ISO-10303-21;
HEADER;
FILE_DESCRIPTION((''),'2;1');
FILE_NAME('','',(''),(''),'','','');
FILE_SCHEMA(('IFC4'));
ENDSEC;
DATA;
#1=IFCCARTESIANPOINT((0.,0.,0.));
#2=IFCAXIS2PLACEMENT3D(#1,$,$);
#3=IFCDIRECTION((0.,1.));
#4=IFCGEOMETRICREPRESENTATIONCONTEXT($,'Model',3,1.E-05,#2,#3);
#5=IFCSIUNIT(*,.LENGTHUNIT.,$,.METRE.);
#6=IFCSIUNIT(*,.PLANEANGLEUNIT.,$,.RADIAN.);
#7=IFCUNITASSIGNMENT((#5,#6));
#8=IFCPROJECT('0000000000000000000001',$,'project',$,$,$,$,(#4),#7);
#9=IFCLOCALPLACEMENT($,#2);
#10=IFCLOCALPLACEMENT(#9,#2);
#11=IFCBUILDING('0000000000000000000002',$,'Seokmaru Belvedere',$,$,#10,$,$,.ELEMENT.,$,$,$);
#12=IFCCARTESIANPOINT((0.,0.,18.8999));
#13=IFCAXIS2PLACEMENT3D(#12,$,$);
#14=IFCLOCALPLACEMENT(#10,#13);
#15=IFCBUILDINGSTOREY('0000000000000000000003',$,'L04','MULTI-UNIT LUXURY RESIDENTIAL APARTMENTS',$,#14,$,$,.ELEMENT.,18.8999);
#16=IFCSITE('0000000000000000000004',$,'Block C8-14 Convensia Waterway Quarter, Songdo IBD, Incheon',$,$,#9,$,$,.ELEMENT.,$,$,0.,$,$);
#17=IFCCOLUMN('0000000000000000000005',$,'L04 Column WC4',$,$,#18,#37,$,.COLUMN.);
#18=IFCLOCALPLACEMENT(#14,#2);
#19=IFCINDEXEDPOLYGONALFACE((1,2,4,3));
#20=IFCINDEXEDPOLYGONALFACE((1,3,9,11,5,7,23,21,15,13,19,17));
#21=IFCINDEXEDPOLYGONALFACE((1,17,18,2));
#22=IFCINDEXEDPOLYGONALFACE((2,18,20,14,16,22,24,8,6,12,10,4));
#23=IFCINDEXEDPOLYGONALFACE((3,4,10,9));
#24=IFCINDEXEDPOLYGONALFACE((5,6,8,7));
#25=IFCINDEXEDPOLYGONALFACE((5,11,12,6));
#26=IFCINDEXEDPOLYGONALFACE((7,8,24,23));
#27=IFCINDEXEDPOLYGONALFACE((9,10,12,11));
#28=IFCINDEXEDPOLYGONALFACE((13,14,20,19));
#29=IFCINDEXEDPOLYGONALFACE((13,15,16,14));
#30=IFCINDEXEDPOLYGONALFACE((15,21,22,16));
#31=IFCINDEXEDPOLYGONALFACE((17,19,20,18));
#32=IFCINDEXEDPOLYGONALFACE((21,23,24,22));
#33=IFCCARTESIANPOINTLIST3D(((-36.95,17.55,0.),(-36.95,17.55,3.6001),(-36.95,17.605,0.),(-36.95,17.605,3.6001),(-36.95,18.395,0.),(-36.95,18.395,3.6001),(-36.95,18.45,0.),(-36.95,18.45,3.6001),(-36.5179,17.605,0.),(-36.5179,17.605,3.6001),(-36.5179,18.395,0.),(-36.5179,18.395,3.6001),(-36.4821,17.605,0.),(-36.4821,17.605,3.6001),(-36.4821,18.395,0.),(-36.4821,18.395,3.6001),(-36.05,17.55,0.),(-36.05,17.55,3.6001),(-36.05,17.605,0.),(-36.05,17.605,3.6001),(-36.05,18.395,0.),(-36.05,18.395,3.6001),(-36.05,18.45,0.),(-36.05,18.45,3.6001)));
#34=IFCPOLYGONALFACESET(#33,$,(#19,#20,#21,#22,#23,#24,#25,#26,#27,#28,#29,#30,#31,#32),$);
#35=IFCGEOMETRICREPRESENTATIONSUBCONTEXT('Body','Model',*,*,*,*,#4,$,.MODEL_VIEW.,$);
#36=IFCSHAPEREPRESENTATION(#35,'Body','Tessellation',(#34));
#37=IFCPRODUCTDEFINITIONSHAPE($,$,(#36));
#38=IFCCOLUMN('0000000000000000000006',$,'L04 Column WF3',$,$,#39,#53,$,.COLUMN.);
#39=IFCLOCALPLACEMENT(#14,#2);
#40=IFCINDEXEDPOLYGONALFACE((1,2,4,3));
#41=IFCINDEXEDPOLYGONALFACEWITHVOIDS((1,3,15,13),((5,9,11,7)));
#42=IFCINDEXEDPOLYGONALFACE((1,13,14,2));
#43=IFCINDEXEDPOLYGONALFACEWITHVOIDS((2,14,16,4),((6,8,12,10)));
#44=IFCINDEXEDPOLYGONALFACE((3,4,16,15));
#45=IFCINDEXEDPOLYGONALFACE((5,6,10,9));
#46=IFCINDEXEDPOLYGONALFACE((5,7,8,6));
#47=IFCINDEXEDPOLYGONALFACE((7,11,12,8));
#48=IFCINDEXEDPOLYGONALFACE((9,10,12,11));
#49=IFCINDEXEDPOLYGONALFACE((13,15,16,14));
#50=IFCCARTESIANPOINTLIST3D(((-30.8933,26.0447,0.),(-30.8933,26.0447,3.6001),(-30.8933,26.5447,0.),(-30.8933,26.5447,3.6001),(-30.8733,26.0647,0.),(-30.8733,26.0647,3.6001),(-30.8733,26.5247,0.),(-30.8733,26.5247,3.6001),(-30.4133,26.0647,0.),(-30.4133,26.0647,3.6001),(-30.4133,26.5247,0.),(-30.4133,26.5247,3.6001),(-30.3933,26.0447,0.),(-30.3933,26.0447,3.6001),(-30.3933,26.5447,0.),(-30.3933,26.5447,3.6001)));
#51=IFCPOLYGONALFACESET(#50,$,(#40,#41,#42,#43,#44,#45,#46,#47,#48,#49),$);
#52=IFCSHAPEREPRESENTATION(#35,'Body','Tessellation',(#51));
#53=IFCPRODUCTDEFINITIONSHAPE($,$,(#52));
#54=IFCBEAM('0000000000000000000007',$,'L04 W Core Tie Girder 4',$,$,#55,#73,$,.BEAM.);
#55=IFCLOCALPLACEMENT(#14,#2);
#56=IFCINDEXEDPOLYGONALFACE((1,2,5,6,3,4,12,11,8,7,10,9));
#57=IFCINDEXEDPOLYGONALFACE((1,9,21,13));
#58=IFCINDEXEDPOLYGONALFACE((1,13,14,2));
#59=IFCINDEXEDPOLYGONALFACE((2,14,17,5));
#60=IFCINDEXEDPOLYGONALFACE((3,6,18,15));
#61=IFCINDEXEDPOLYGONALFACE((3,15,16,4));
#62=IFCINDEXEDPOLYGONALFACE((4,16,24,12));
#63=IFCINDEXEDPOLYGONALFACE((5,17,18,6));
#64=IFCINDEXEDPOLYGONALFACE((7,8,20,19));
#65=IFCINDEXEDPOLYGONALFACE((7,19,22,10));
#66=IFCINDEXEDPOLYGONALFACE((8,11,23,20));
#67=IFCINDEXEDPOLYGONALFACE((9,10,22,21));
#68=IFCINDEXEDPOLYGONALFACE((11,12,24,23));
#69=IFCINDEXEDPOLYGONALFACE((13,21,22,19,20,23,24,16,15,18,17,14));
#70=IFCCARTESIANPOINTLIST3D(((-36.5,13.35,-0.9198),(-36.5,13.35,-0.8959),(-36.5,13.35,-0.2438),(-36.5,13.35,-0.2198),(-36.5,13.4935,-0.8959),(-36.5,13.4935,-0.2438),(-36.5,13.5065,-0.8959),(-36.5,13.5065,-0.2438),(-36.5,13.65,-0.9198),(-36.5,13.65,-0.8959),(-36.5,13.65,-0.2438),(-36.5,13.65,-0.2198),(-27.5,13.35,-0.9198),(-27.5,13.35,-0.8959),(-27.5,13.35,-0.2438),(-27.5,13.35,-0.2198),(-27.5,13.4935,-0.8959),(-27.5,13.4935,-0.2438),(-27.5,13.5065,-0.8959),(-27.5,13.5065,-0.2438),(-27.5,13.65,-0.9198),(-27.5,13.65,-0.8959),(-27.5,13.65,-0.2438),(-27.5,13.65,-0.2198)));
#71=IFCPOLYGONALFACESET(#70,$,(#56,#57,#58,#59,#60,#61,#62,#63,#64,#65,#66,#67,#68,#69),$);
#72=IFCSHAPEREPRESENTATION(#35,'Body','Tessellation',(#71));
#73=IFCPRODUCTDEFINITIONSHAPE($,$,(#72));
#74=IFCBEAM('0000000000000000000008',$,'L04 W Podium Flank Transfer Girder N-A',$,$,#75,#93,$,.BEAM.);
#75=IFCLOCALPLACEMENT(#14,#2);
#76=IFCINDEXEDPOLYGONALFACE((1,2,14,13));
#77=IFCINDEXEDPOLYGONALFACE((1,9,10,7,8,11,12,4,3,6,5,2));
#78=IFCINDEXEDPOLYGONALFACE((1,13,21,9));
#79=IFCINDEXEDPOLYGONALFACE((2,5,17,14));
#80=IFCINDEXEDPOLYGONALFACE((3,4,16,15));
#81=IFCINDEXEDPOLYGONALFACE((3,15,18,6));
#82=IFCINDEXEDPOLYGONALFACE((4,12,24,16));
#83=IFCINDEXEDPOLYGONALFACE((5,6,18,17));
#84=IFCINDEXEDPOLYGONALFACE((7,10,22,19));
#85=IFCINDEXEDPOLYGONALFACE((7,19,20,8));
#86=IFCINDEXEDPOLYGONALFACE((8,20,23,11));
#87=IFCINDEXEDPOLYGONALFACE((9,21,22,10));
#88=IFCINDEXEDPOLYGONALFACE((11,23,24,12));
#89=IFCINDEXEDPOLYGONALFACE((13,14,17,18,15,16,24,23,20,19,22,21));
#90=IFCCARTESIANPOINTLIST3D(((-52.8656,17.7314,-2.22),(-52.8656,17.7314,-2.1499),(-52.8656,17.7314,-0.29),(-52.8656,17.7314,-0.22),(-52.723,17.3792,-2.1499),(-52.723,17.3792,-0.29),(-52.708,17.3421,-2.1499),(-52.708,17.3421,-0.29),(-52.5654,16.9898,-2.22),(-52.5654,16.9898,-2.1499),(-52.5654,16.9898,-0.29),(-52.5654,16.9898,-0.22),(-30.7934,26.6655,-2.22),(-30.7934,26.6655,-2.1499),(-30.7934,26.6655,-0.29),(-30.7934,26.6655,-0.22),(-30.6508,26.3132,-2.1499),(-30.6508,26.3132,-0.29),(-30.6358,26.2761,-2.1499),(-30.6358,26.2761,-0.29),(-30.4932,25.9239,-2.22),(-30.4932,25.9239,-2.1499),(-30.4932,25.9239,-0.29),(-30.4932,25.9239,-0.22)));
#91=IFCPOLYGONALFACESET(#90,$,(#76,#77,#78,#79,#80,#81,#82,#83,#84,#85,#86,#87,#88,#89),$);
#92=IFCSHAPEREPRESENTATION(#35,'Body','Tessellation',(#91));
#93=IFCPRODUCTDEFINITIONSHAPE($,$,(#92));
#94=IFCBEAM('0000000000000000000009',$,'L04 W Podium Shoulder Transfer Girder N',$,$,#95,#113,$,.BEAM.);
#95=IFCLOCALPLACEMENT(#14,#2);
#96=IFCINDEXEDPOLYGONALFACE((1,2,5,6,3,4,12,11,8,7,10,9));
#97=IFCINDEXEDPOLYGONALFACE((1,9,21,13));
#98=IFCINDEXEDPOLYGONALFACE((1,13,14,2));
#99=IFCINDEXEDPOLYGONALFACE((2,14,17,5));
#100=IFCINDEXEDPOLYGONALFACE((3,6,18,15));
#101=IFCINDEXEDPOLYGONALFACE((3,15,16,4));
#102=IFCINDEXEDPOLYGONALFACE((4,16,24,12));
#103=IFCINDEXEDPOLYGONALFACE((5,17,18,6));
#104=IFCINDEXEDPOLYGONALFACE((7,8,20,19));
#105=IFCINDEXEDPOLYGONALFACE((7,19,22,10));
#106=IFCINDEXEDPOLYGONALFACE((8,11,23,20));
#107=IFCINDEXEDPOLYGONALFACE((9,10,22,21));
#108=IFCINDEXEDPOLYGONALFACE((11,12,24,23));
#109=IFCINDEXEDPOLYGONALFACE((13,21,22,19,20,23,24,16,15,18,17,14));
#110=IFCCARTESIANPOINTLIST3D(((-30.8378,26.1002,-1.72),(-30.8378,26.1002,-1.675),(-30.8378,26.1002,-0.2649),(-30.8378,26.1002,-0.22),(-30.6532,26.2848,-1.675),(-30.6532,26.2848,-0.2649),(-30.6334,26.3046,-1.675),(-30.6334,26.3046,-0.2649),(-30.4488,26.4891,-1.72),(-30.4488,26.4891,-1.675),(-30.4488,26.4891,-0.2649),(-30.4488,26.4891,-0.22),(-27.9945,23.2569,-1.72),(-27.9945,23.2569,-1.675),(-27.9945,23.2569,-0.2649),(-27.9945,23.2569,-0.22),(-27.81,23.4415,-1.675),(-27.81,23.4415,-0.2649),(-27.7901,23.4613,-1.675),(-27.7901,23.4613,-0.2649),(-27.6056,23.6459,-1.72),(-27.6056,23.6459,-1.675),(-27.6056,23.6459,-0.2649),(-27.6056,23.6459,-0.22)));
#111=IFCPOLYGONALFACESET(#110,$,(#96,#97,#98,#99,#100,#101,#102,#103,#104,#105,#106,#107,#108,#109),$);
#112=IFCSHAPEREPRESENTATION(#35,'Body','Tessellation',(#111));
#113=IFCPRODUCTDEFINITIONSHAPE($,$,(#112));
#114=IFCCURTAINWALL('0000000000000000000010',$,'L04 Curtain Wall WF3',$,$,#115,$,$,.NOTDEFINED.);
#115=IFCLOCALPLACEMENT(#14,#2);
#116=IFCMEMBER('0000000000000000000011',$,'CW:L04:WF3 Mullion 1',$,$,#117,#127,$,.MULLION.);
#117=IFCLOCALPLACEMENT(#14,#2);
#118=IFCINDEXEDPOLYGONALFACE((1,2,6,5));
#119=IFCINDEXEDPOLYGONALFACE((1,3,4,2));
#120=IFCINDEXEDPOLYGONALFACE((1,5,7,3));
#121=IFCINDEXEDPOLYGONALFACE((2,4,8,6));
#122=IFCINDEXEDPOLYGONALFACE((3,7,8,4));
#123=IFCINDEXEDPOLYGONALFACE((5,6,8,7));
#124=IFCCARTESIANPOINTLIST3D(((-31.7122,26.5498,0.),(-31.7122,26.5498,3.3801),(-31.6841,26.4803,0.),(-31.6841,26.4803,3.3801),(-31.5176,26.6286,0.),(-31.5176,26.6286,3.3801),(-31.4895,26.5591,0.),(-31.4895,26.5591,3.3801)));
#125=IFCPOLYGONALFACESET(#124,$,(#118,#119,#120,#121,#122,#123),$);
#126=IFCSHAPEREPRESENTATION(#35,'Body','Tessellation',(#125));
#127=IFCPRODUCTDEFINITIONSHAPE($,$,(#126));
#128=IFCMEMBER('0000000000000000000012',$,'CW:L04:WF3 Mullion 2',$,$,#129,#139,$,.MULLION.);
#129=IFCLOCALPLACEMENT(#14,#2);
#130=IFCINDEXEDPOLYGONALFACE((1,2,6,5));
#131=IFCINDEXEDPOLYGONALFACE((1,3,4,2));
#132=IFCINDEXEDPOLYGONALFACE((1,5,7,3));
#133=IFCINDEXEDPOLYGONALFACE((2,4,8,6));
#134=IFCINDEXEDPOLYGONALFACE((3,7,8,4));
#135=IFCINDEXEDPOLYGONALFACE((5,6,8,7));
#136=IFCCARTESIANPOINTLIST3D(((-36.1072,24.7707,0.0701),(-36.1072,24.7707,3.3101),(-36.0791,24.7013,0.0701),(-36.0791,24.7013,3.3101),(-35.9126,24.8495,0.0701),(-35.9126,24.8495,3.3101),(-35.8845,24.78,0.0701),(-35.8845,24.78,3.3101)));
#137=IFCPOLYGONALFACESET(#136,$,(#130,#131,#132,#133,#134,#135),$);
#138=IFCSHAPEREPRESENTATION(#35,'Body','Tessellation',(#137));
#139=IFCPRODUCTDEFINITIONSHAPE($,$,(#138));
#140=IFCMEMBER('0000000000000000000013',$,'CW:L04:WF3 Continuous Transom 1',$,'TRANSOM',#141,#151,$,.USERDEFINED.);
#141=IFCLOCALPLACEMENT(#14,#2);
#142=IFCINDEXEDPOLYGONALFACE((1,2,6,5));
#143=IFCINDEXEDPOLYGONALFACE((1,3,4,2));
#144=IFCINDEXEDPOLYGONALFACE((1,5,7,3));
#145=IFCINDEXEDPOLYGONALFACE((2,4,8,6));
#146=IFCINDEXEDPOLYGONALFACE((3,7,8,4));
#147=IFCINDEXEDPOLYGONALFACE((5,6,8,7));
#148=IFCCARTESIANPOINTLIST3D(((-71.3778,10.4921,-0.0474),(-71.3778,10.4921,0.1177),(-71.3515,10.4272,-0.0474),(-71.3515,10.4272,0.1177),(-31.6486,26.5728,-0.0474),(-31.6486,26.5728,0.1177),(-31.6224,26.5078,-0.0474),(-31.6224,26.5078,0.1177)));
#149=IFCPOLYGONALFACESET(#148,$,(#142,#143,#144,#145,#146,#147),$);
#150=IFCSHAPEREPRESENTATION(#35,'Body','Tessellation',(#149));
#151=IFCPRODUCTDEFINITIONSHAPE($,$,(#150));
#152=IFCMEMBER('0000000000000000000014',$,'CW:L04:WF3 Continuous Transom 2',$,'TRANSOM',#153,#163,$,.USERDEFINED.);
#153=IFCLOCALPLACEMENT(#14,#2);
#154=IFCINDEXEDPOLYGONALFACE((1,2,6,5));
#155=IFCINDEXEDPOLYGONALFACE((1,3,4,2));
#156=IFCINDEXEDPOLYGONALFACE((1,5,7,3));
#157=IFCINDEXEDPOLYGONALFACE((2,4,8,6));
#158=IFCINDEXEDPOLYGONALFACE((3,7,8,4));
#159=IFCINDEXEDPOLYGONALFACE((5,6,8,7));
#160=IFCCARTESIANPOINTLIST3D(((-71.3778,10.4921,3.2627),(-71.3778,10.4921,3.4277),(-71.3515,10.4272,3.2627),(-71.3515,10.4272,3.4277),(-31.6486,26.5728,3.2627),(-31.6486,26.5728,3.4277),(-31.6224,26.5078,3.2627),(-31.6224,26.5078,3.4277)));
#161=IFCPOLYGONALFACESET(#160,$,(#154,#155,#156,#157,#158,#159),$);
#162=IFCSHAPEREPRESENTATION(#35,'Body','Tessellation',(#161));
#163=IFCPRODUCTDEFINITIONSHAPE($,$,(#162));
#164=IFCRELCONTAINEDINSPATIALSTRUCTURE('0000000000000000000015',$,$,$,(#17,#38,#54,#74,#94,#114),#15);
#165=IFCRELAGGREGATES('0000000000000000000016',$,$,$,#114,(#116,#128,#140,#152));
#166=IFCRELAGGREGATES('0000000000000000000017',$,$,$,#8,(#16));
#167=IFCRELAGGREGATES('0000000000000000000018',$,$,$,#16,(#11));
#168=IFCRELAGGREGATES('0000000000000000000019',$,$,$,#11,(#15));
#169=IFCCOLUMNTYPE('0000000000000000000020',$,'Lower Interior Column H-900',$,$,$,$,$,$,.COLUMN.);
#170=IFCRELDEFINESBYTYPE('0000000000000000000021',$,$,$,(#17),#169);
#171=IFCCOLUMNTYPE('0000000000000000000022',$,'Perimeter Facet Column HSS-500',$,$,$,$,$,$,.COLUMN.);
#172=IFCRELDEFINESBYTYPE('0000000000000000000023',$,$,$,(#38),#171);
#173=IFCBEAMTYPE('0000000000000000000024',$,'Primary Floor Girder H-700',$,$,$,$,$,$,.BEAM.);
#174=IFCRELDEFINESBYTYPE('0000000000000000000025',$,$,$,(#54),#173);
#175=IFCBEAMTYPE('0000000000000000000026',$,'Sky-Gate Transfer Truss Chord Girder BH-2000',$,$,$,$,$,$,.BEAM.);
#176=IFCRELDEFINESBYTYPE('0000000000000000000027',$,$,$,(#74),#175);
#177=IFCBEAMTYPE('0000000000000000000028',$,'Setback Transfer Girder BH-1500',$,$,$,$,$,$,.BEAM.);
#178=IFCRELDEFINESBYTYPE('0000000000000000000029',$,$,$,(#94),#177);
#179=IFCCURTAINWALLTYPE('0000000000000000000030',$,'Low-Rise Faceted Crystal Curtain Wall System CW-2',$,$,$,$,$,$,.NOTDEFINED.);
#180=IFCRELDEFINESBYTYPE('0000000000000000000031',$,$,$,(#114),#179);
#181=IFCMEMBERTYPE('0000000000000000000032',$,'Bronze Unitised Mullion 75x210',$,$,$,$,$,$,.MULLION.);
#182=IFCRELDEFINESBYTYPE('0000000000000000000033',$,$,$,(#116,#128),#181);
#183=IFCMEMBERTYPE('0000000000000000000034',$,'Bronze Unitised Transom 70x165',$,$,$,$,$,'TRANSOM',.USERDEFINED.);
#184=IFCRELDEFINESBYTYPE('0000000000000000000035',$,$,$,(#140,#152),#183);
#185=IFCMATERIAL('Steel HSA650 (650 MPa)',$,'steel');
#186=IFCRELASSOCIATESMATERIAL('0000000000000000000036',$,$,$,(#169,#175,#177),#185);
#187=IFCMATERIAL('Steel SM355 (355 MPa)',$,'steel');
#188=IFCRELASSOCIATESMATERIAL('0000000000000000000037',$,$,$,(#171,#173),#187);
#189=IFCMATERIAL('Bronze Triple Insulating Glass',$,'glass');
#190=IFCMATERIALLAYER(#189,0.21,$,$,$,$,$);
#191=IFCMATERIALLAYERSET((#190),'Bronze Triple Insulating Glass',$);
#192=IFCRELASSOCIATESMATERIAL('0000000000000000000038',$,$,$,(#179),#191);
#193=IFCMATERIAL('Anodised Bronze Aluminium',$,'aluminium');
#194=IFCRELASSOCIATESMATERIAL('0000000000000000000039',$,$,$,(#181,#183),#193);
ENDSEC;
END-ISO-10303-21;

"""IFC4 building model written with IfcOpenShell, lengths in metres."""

from ifc_helpers import new_model, si_unit, direction, frame, origin, origin_2d, place, context, subcontext, project, spatial, rectangle, hollow_rectangle, i_section, extrude, source, transform, mapped, material, layer, layer_set, material_profile, profile_set, type_object, type_shapes, element, aggregate, save


model = new_model("IFC4")

# Units and contexts
model_context = context("Model", 3, precision=1e-05, world=origin(), true_north=direction((0.0, 1.0)))
body_context = subcontext(model_context, "Body", "Model", "MODEL_VIEW")
ifc_project = project(units=[si_unit("LENGTHUNIT", "METRE"), si_unit("PLANEANGLEUNIT", "RADIAN")], contexts=[model_context])

# Site, building, storey
site_placement = place(None, origin())
site = spatial("IfcSite", under=ifc_project, at=site_placement, Name="Block C8-14 Convensia Waterway Quarter, Songdo IBD, Incheon", CompositionType="ELEMENT", RefElevation=0.0)
building_placement = place(site_placement, origin())
building = spatial("IfcBuilding", under=site, at=building_placement, Name="Seokmaru Belvedere", CompositionType="ELEMENT")
storey_placement = place(building_placement, frame((0.0, 0.0, 18.8999)))
storey = spatial("IfcBuildingStorey", under=building, at=storey_placement, Name="L04", Description="MULTI-UNIT LUXURY RESIDENTIAL APARTMENTS", CompositionType="ELEMENT", Elevation=18.8999)

# Columns
ifc_material_1 = material(Name="Steel HSA650 (650 MPa)", Category="steel")
ifc_material_profile_1 = material_profile(ifc_material_1, i_section(OverallWidth=0.8999, OverallDepth=0.8999, WebThickness=0.0359, FlangeThickness=0.0549, at=origin_2d()), Name="H-900x900x36x55")
ifc_profile_set_1 = profile_set([ifc_material_profile_1], Name="Steel HSA650 (650 MPa)")
column_type_1 = type_object("IfcColumnType", Name="Lower Interior Column H-900", PredefinedType="COLUMN", material=ifc_profile_set_1)
shared_shape_1 = source(origin(), body_context, "Body", "SweptSolid", [
    extrude(i_section(OverallWidth=0.8999, OverallDepth=0.8999, WebThickness=0.0359, FlangeThickness=0.0549, at=origin_2d()), origin(), (0.0, 0.0, 1.0), 3.6001),
])
type_shapes(column_type_1, [shared_shape_1])
column_1_placement = place(storey_placement, frame((-36.5, 18.0, 0.0), z_axis=(0.0, 0.0, 1.0), x_axis=(1.0, 0.0, 0.0)))
element("IfcColumn", 1, at=column_1_placement, inside=storey, type_object=column_type_1, Name="L04 Column WC4", PredefinedType="COLUMN", context=body_context, shape_type="MappedRepresentation", body=[
    mapped(shared_shape_1, transform((0.0, 0.0, 0.0), scale=1.0)),
])
ifc_material_2 = material(Name="Steel SM355 (355 MPa)", Category="steel")
ifc_material_profile_2 = material_profile(ifc_material_2, hollow_rectangle(XDim=0.5, YDim=0.5, WallThickness=0.02, at=origin_2d()), Name="HSS-500x500x20")
ifc_profile_set_2 = profile_set([ifc_material_profile_2], Name="Steel SM355 (355 MPa)")
column_type_2 = type_object("IfcColumnType", Name="Perimeter Facet Column HSS-500", PredefinedType="COLUMN", material=ifc_profile_set_2)
shared_shape_2 = source(origin(), body_context, "Body", "SweptSolid", [
    extrude(hollow_rectangle(XDim=0.5, YDim=0.5, WallThickness=0.02, at=origin_2d()), origin(), (0.0, 0.0, 1.0), 3.6001),
])
type_shapes(column_type_2, [shared_shape_2])
column_2_placement = place(storey_placement, frame((-30.6433, 26.2947, 0.0), z_axis=(0.0, 0.0, 1.0), x_axis=(1.0, 0.0, 0.0)))
element("IfcColumn", 2, at=column_2_placement, inside=storey, type_object=column_type_2, Name="L04 Column WF3", PredefinedType="COLUMN", context=body_context, shape_type="MappedRepresentation", body=[
    mapped(shared_shape_2, transform((0.0, 0.0, 0.0), scale=1.0)),
])

# Beams
ifc_material_profile_3 = material_profile(ifc_material_2, i_section(OverallWidth=0.3, OverallDepth=0.7, WebThickness=0.0129, FlangeThickness=0.0239, at=origin_2d()), Name="H-700x300x13x24")
ifc_profile_set_3 = profile_set([ifc_material_profile_3], Name="Steel SM355 (355 MPa)")
beam_type_1 = type_object("IfcBeamType", Name="Primary Floor Girder H-700", PredefinedType="BEAM", material=ifc_profile_set_3)
shared_shape_3 = source(origin(), body_context, "Body", "SweptSolid", [
    extrude(i_section(OverallWidth=0.3, OverallDepth=0.7, WebThickness=0.0129, FlangeThickness=0.0239, at=origin_2d()), origin(), (0.0, 0.0, 1.0), 9.0),
])
type_shapes(beam_type_1, [shared_shape_3])
beam_1_placement = place(storey_placement, frame((-36.5, 13.5, -0.5698), z_axis=(1.0, 0.0, 0.0), x_axis=(0.0, 1.0, 0.0)))
element("IfcBeam", 3, at=beam_1_placement, inside=storey, type_object=beam_type_1, Name="L04 W Core Tie Girder 4", PredefinedType="BEAM", context=body_context, shape_type="MappedRepresentation", body=[
    mapped(shared_shape_3, transform((0.0, 0.0, 0.0), scale=1.0)),
])
ifc_material_profile_4 = material_profile(ifc_material_1, i_section(OverallWidth=0.8, OverallDepth=2.0, WebThickness=0.04, FlangeThickness=0.0701, at=origin_2d()), Name="BH-2000x800x40x70")
ifc_profile_set_4 = profile_set([ifc_material_profile_4], Name="Steel HSA650 (650 MPa)")
beam_type_2 = type_object("IfcBeamType", Name="Sky-Gate Transfer Truss Chord Girder BH-2000", PredefinedType="BEAM", material=ifc_profile_set_4)
shared_shape_4 = source(origin(), body_context, "Body", "SweptSolid", [
    extrude(i_section(OverallWidth=0.8, OverallDepth=2.0, WebThickness=0.04, FlangeThickness=0.0701, at=origin_2d()), origin(), (0.0, 0.0, 1.0), 23.8118),
])
type_shapes(beam_type_2, [shared_shape_4])
beam_2_placement = place(storey_placement, frame((-30.6433, 26.2947, -1.22), z_axis=(-0.926946, -0.375195, 0.0), x_axis=(0.375195, -0.926946, 0.0)))
element("IfcBeam", 4, at=beam_2_placement, inside=storey, type_object=beam_type_2, Name="L04 W Podium Flank Transfer Girder N-A", PredefinedType="BEAM", context=body_context, shape_type="MappedRepresentation", body=[
    mapped(shared_shape_4, transform((0.0, 0.0, 0.0), scale=1.0)),
])
ifc_material_profile_5 = material_profile(ifc_material_1, i_section(OverallWidth=0.55, OverallDepth=1.5, WebThickness=0.0281, FlangeThickness=0.0449, at=origin_2d()), Name="BH-1500x550x28x45")
ifc_profile_set_5 = profile_set([ifc_material_profile_5], Name="Steel HSA650 (650 MPa)")
beam_type_3 = type_object("IfcBeamType", Name="Setback Transfer Girder BH-1500", PredefinedType="BEAM", material=ifc_profile_set_5)
shared_shape_5 = source(origin(), body_context, "Body", "SweptSolid", [
    extrude(i_section(OverallWidth=0.55, OverallDepth=1.5, WebThickness=0.0281, FlangeThickness=0.0449, at=origin_2d()), origin(), (0.0, 0.0, 1.0), 4.021),
])
type_shapes(beam_type_3, [shared_shape_5])
beam_3_placement = place(storey_placement, frame((-30.6433, 26.2947, -0.97), z_axis=(0.707107, -0.707107, 0.0), x_axis=(0.707107, 0.707107, 0.0)))
element("IfcBeam", 5, at=beam_3_placement, inside=storey, type_object=beam_type_3, Name="L04 W Podium Shoulder Transfer Girder N", PredefinedType="BEAM", context=body_context, shape_type="MappedRepresentation", body=[
    mapped(shared_shape_5, transform((0.0, 0.0, 0.0), scale=1.0)),
])

# Curtain wall, members
ifc_material_3 = material(Name="Bronze Triple Insulating Glass", Category="glass")
ifc_layer_1 = layer(ifc_material_3, 0.21)
ifc_layer_set_1 = layer_set([ifc_layer_1], Name="Bronze Triple Insulating Glass")
curtain_wall_type = type_object("IfcCurtainWallType", Name="Low-Rise Faceted Crystal Curtain Wall System CW-2", PredefinedType="NOTDEFINED", material=ifc_layer_set_1)
curtain_wall_placement = place(storey_placement, origin())
curtain_wall = element("IfcCurtainWall", 6, at=curtain_wall_placement, inside=storey, type_object=curtain_wall_type, Name="L04 Curtain Wall WF3", PredefinedType="NOTDEFINED")
ifc_material_4 = material(Name="Anodised Bronze Aluminium", Category="aluminium")
ifc_material_profile_6 = material_profile(ifc_material_4, rectangle(XDim=0.075, YDim=0.21, at=origin_2d()), Name="CW-M-75x210")
ifc_profile_set_6 = profile_set([ifc_material_profile_6], Name="Anodised Bronze Aluminium")
member_type_1 = type_object("IfcMemberType", Name="Bronze Unitised Mullion 75x210", PredefinedType="MULLION", material=ifc_profile_set_6)
shared_shape_6 = source(origin(), body_context, "Body", "SweptSolid", [
    extrude(rectangle(XDim=0.075, YDim=0.21, at=origin_2d()), origin(), (0.0, 0.0, 1.0), 3.3801),
])
member_1_placement = place(storey_placement, frame((-31.6008, 26.5544, 0.0), z_axis=(0.0, 0.0, 1.0), x_axis=(0.375192, -0.926947, 0.0)))
member_1 = element("IfcMember", 7, at=member_1_placement, type_object=member_type_1, Name="CW:L04:WF3 Mullion 1", PredefinedType="MULLION", context=body_context, shape_type="MappedRepresentation", body=[
    mapped(shared_shape_6, transform((0.0, 0.0, 0.0), scale=1.0)),
])
shared_shape_7 = source(origin(), body_context, "Body", "SweptSolid", [
    extrude(rectangle(XDim=0.075, YDim=0.21, at=origin_2d()), origin(), (0.0, 0.0, 1.0), 3.24),
])
type_shapes(member_type_1, [shared_shape_6, shared_shape_7])
member_2_placement = place(storey_placement, frame((-35.9958, 24.7754, 0.0701), z_axis=(0.0, 0.0, 1.0), x_axis=(0.375192, -0.926947, 0.0)))
member_2 = element("IfcMember", 8, at=member_2_placement, type_object=member_type_1, Name="CW:L04:WF3 Mullion 2", PredefinedType="MULLION", context=body_context, shape_type="MappedRepresentation", body=[
    mapped(shared_shape_7, transform((0.0, 0.0, 0.0), scale=1.0)),
])
ifc_material_profile_7 = material_profile(ifc_material_4, rectangle(XDim=0.0701, YDim=0.165, at=origin_2d()), Name="CW-T-70x165")
ifc_profile_set_7 = profile_set([ifc_material_profile_7], Name="Anodised Bronze Aluminium")
member_type_2 = type_object("IfcMemberType", Name="Bronze Unitised Transom 70x165", ElementType="TRANSOM", PredefinedType="USERDEFINED", material=ifc_profile_set_7)
shared_shape_8 = source(origin(), body_context, "Body", "SweptSolid", [
    extrude(rectangle(XDim=0.0701, YDim=0.165, at=origin_2d()), origin(), (0.0, 0.0, 1.0), 42.8601),
])
type_shapes(member_type_2, [shared_shape_8])
member_3_placement = place(storey_placement, frame((-31.6355, 26.5403, 0.0352), z_axis=(-0.926949, -0.375188, 0.0), x_axis=(0.375188, -0.926949, 0.0)))
member_3 = element("IfcMember", 9, at=member_3_placement, type_object=member_type_2, Name="CW:L04:WF3 Continuous Transom 1", ObjectType="TRANSOM", PredefinedType="USERDEFINED", context=body_context, shape_type="MappedRepresentation", body=[
    mapped(shared_shape_8, transform((0.0, 0.0, 0.0), scale=1.0)),
])
member_4_placement = place(storey_placement, frame((-31.6355, 26.5403, 3.3452), z_axis=(-0.926949, -0.375188, 0.0), x_axis=(0.375188, -0.926949, 0.0)))
member_4 = element("IfcMember", 10, at=member_4_placement, type_object=member_type_2, Name="CW:L04:WF3 Continuous Transom 2", ObjectType="TRANSOM", PredefinedType="USERDEFINED", context=body_context, shape_type="MappedRepresentation", body=[
    mapped(shared_shape_8, transform((0.0, 0.0, 0.0), scale=1.0)),
])
aggregate(curtain_wall, [member_1, member_2, member_3, member_4])

save(model, "model.ifc")
